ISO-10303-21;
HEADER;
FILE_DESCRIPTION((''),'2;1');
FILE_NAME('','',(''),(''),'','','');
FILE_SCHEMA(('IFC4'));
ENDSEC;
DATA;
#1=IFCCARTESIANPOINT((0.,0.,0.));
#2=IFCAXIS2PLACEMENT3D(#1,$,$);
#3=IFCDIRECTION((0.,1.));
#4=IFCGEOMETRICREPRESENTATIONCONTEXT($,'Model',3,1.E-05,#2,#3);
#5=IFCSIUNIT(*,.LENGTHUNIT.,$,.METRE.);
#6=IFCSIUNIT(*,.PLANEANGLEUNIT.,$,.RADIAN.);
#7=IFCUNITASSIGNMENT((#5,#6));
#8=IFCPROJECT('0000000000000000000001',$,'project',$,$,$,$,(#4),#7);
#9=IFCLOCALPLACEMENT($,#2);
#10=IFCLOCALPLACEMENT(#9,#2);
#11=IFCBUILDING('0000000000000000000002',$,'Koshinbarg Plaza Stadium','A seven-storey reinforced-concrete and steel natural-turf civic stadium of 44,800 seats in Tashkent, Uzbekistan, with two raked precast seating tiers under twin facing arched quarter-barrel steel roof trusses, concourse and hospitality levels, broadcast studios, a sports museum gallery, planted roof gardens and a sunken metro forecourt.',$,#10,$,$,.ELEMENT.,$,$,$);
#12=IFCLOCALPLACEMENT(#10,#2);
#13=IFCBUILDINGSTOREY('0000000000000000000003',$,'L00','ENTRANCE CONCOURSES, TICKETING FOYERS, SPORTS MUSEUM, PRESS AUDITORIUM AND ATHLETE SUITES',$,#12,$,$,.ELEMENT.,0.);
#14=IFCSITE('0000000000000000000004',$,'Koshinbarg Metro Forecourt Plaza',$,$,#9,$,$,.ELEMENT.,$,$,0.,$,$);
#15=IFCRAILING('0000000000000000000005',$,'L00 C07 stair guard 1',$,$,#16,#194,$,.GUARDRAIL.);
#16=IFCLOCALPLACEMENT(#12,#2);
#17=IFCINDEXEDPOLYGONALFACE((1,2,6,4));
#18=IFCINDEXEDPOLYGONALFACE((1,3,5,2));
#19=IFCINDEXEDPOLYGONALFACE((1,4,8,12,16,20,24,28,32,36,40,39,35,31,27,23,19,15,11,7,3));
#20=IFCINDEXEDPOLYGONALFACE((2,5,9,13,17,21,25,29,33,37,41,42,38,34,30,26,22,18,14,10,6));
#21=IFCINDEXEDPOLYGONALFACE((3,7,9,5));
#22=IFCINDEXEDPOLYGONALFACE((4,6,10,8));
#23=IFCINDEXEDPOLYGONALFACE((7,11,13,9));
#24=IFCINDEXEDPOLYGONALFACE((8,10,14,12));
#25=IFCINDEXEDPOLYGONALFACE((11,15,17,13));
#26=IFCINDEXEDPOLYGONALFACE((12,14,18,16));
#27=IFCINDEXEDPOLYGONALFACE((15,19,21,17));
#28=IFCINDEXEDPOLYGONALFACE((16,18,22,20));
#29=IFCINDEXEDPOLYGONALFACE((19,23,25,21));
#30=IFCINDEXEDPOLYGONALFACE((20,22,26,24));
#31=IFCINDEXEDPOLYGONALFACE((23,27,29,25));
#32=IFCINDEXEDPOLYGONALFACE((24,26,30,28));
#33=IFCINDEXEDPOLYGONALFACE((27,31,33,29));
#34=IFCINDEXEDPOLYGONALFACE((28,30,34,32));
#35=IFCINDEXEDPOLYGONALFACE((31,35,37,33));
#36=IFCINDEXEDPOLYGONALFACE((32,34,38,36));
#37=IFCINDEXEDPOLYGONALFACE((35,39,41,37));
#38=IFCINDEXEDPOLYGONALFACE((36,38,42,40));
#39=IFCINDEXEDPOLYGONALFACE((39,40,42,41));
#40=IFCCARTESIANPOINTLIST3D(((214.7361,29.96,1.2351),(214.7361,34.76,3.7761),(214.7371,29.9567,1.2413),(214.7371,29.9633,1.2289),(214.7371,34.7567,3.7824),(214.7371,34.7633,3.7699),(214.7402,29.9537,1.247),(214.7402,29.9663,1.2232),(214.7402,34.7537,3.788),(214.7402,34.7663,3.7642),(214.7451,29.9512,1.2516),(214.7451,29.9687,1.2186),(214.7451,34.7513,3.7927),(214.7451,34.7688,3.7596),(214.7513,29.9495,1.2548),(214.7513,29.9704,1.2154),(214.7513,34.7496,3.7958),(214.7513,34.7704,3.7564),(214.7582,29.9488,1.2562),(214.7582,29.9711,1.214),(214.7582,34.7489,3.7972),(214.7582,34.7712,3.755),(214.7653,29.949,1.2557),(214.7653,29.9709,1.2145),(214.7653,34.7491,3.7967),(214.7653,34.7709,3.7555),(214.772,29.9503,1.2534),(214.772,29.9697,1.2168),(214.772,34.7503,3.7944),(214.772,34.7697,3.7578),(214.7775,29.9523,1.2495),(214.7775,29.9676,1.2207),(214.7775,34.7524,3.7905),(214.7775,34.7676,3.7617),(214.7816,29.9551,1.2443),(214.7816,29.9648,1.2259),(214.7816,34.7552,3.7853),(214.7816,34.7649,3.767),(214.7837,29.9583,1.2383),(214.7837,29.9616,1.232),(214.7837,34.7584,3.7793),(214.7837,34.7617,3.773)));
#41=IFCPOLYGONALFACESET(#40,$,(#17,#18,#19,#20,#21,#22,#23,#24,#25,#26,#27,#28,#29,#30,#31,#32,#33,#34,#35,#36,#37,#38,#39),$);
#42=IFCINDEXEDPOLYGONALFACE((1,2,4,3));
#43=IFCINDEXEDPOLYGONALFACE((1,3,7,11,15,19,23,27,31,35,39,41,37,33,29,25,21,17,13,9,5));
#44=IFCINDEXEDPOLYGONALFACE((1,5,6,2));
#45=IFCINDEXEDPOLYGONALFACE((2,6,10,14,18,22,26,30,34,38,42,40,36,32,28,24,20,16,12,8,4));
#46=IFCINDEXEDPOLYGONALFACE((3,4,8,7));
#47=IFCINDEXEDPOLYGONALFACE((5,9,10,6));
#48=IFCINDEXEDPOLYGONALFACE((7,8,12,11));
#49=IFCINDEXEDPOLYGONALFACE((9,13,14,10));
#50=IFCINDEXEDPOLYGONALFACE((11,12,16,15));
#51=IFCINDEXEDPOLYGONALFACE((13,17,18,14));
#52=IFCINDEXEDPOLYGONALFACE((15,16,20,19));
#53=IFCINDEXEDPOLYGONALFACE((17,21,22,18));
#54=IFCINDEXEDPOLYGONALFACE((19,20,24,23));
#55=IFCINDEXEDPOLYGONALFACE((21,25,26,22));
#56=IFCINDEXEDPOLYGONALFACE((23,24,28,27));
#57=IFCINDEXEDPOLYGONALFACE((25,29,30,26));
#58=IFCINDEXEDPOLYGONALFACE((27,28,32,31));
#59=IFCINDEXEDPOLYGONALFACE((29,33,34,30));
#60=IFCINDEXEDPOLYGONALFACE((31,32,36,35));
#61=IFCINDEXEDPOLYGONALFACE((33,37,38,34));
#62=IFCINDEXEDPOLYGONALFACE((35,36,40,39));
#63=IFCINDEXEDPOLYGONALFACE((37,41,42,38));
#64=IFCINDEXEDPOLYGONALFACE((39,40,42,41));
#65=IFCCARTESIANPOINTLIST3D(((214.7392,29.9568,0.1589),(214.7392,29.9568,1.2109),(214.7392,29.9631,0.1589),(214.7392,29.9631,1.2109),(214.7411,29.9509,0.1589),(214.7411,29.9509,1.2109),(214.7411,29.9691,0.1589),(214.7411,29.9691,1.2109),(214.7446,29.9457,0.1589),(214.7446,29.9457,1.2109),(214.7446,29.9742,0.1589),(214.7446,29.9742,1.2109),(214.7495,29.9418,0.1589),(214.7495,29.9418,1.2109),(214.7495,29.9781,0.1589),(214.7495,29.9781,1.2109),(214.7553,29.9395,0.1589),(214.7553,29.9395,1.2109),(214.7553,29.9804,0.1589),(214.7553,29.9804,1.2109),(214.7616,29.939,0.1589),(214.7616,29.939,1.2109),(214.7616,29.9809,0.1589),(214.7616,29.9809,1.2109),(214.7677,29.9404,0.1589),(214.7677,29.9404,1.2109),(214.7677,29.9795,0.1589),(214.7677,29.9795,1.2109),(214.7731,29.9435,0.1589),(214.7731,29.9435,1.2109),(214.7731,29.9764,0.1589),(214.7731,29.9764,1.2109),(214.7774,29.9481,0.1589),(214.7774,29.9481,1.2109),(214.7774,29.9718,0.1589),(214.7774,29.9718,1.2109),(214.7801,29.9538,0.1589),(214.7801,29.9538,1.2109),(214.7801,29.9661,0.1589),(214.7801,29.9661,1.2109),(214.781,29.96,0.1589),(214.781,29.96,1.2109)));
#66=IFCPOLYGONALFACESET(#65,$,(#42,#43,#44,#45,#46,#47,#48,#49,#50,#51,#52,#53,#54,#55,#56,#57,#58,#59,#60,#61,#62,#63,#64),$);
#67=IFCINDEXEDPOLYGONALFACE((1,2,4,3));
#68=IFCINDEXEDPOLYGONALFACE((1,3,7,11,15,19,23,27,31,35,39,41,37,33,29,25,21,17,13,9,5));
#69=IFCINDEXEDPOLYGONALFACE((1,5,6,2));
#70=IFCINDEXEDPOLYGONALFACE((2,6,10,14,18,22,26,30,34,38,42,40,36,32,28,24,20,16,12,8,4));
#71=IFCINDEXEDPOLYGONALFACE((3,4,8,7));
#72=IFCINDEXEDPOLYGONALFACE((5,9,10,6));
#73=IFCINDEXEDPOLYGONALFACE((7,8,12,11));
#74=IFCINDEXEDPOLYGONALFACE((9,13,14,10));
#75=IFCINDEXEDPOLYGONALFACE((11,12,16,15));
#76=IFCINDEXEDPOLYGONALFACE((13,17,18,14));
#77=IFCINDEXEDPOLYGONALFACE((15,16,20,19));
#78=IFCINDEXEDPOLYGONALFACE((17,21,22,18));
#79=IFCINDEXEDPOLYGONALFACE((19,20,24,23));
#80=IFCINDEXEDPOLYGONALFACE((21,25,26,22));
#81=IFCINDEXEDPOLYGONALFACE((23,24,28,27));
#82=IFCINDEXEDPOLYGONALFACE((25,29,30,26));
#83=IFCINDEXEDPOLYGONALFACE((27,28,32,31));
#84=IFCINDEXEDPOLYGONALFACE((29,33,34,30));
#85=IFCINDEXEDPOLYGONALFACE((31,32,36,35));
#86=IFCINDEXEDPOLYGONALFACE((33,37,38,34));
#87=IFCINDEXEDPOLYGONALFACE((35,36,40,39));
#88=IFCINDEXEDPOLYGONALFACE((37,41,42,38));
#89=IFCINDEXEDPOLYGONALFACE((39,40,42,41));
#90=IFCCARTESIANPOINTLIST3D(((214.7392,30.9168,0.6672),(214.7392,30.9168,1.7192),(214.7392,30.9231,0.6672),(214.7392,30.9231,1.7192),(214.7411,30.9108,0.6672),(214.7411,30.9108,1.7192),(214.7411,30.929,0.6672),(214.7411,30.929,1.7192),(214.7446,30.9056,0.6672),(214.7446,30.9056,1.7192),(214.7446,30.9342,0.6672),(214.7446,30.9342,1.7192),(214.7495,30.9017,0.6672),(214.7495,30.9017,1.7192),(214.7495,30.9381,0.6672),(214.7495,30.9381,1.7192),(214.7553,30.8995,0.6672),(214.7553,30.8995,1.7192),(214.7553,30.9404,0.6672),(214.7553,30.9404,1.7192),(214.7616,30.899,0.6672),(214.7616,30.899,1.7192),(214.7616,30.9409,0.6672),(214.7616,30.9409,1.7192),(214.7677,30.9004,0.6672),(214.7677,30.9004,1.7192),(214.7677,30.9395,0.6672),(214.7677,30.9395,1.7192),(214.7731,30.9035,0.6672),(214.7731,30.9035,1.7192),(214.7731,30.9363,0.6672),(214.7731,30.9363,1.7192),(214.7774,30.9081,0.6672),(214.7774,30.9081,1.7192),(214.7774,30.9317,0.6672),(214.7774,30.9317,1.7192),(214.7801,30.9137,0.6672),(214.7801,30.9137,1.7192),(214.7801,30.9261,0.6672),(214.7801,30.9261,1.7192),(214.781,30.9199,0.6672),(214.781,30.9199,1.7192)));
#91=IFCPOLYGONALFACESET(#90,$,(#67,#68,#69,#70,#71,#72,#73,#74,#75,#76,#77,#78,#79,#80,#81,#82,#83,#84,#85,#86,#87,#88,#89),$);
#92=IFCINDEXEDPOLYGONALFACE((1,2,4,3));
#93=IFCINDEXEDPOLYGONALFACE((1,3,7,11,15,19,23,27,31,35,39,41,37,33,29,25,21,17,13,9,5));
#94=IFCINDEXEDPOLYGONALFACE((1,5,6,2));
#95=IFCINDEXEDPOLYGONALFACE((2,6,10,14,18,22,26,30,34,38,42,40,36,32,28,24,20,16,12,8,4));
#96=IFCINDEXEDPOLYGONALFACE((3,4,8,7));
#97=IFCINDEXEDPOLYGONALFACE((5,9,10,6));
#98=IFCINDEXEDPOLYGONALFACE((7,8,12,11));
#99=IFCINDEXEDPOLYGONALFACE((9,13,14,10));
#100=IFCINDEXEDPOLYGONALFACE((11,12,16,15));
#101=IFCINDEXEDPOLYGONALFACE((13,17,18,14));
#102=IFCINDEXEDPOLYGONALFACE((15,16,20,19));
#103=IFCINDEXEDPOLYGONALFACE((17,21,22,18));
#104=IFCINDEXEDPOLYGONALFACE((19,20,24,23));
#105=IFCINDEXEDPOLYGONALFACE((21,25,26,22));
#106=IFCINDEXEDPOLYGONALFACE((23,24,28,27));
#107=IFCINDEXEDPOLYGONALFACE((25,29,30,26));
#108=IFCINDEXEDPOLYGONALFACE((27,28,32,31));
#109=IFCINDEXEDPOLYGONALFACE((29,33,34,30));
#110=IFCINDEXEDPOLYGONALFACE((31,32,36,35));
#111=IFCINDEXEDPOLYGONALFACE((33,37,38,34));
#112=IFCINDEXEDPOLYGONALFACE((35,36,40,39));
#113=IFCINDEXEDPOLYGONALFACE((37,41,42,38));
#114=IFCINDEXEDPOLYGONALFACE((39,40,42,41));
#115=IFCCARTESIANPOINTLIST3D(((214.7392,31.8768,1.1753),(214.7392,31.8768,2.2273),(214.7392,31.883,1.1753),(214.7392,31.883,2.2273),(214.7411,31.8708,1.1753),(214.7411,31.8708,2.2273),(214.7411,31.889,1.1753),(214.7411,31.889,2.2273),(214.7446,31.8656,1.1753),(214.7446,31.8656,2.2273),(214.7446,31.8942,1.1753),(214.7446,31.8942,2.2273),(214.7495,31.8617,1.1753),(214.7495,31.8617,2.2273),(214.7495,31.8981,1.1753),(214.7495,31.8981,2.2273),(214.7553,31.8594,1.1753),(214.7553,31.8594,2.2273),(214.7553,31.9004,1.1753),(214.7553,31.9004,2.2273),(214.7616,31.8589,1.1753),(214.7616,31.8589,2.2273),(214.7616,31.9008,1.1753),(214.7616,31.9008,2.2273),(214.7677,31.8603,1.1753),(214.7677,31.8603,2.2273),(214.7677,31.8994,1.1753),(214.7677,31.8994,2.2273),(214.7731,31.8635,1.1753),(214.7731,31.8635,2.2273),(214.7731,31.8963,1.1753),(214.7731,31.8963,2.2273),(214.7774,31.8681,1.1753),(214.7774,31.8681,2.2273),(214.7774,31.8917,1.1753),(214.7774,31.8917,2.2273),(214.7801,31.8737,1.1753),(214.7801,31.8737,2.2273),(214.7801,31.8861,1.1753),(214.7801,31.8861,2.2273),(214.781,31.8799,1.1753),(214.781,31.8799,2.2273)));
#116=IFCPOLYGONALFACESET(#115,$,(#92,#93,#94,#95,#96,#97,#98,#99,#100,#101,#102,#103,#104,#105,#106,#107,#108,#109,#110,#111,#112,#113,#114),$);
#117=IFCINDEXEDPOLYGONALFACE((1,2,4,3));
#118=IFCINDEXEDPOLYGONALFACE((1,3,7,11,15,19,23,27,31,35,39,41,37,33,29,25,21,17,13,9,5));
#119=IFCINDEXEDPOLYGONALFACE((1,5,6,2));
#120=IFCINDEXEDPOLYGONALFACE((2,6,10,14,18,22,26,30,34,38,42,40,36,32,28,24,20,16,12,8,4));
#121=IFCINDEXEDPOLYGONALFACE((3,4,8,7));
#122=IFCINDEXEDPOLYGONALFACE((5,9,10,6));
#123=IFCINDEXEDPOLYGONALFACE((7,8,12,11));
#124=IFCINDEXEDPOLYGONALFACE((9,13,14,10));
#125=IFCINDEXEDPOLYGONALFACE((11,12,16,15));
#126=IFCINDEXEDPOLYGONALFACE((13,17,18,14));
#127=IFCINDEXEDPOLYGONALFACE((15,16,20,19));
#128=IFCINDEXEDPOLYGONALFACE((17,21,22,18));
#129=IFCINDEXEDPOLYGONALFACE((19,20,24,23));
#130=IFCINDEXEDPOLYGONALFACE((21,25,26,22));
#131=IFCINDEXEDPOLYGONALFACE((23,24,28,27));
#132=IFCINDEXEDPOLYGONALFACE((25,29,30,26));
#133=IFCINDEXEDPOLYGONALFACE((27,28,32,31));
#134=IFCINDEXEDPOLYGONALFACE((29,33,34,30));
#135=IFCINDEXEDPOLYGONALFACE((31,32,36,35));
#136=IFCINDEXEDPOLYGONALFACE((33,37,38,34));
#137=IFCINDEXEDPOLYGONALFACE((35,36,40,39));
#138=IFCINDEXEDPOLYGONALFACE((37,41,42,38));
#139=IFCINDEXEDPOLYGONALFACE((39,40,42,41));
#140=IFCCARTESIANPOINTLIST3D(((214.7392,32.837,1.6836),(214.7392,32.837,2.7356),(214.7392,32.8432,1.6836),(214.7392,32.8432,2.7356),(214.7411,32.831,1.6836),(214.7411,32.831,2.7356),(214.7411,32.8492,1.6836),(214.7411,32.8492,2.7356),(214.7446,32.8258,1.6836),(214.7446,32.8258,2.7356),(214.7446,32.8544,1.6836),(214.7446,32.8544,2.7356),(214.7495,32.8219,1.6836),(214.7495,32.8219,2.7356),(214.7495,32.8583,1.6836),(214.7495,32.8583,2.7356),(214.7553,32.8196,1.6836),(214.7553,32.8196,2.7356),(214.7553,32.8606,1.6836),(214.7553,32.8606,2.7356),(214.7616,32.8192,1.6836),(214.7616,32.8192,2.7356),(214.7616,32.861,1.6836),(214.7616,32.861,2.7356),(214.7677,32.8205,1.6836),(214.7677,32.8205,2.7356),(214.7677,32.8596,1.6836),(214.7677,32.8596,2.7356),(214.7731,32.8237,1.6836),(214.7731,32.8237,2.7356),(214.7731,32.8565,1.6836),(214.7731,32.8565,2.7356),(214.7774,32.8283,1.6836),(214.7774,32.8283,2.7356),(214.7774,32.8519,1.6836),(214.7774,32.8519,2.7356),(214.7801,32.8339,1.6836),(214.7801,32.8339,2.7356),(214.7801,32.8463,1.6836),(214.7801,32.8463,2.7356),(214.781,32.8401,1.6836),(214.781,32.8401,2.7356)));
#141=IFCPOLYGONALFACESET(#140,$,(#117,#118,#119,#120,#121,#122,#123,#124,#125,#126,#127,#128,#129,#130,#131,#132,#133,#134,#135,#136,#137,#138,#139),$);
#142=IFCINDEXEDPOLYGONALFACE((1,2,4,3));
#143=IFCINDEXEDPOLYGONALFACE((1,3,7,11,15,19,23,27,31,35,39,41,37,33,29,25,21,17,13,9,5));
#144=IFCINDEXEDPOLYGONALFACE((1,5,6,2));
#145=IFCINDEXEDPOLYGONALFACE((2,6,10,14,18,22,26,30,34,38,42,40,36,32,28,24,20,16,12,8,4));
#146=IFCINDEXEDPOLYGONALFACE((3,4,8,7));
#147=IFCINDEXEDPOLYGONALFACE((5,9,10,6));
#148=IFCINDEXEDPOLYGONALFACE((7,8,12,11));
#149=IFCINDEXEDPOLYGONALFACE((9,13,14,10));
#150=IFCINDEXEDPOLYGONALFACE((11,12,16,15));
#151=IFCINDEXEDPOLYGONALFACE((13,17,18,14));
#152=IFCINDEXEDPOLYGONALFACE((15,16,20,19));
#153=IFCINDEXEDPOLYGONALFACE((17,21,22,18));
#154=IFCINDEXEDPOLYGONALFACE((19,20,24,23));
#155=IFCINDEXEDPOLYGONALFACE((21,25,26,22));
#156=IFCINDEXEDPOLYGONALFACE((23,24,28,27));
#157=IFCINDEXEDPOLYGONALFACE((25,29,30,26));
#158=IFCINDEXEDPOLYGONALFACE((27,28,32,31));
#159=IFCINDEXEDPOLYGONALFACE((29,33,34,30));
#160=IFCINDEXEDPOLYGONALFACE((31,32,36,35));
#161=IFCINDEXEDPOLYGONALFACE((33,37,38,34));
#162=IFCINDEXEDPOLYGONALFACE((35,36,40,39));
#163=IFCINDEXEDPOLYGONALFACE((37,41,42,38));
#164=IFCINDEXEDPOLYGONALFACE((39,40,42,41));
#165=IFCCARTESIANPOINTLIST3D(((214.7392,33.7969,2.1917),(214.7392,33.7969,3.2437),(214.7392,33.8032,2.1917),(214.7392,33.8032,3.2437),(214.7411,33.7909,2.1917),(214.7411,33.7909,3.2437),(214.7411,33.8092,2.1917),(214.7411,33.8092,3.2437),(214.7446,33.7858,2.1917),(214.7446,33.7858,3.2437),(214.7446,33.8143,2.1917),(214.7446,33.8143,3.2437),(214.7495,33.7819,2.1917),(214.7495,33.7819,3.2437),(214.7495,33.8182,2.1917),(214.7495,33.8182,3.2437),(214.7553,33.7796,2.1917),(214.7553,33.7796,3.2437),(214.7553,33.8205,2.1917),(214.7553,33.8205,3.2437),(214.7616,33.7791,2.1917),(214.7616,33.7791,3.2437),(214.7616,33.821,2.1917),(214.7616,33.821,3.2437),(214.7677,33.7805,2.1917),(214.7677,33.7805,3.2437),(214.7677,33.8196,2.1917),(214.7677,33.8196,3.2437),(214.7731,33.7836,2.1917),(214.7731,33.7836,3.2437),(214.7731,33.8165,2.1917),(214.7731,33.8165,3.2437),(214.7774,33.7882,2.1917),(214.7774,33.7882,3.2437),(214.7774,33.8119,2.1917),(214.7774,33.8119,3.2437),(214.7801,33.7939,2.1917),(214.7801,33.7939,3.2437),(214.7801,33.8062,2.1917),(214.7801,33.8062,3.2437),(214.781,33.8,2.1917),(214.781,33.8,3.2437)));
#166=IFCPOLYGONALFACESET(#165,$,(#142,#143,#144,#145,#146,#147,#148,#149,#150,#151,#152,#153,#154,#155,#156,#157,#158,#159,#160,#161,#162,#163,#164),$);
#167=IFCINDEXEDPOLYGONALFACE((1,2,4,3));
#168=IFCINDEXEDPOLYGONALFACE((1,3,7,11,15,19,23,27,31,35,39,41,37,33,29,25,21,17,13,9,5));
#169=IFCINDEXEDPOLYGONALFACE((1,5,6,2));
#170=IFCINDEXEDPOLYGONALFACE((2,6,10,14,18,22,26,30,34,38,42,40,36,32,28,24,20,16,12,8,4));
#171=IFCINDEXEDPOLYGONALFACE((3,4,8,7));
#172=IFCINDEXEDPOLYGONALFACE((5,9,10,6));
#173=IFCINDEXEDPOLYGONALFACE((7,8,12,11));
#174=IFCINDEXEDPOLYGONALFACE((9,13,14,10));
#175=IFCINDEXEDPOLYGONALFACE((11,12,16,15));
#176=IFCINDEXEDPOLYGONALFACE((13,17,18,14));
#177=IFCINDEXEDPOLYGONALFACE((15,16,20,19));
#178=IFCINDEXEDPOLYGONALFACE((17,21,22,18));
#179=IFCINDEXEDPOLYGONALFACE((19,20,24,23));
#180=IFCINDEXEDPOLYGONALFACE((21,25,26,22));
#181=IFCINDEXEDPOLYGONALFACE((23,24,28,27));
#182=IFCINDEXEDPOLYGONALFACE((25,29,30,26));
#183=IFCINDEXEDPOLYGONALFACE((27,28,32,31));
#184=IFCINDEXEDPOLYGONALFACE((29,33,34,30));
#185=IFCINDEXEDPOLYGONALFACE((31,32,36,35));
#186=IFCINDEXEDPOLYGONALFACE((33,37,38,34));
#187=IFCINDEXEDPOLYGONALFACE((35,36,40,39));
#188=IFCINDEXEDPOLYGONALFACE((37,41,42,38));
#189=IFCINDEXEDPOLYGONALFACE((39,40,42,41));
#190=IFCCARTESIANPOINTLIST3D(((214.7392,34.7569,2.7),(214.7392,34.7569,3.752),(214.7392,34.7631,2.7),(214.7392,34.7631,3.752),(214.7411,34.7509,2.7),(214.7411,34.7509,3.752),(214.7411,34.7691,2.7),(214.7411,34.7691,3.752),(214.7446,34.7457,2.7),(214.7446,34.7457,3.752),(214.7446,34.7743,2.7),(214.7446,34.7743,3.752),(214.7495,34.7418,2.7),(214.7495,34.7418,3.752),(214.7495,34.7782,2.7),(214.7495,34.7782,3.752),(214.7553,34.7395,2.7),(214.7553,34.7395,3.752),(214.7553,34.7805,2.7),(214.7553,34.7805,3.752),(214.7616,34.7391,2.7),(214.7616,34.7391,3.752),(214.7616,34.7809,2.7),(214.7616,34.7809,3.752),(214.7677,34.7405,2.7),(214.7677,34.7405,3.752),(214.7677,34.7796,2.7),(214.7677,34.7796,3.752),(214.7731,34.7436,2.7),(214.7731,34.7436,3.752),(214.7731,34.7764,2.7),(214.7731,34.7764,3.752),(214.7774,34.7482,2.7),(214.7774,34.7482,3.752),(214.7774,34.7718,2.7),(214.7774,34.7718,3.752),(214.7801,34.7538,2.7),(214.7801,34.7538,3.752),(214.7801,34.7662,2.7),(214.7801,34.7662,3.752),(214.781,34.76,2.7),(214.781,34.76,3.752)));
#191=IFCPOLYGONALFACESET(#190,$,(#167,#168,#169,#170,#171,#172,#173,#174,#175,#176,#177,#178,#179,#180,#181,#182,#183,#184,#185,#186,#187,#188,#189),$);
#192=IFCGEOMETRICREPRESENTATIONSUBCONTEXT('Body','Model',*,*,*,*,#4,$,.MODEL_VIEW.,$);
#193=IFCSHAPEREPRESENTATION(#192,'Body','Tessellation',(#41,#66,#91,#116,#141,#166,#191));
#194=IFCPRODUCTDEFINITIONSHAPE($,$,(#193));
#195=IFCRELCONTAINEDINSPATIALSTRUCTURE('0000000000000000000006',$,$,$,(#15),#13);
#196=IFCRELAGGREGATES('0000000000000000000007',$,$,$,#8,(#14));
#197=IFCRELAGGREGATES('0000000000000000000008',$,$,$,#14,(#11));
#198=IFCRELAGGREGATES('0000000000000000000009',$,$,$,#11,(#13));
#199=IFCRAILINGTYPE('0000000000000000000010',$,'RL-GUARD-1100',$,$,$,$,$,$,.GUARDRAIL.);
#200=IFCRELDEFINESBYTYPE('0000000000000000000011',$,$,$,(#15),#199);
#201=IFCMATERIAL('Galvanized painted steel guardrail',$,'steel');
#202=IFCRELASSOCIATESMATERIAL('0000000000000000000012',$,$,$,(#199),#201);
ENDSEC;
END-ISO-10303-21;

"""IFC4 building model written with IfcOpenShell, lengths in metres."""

from ifc_helpers import new_model, si_unit, direction, frame, origin, origin_2d, place, context, subcontext, project, spatial, circle, extrude, material, type_object, element, save


model = new_model("IFC4")

# Units and contexts
model_context = context("Model", 3, precision=1e-05, world=origin(), true_north=direction((0.0, 1.0)))
body_context = subcontext(model_context, "Body", "Model", "MODEL_VIEW")
ifc_project = project(units=[si_unit("LENGTHUNIT", "METRE"), si_unit("PLANEANGLEUNIT", "RADIAN")], contexts=[model_context])

# Site, building, storey
site_placement = place(None, origin())
site = spatial("IfcSite", under=ifc_project, at=site_placement, Name="Koshinbarg Metro Forecourt Plaza", CompositionType="ELEMENT", RefElevation=0.0)
building_placement = place(site_placement, origin())
building = spatial("IfcBuilding", under=site, at=building_placement, Name="Koshinbarg Plaza Stadium", Description="A seven-storey reinforced-concrete and steel natural-turf civic stadium of 44,800 seats in Tashkent, Uzbekistan, with two raked precast seating tiers under twin facing arched quarter-barrel steel roof trusses, concourse and hospitality levels, broadcast studios, a sports museum gallery, planted roof gardens and a sunken metro forecourt.", CompositionType="ELEMENT")
storey_placement = place(building_placement, origin())
storey = spatial("IfcBuildingStorey", under=building, at=storey_placement, Name="L00", Description="ENTRANCE CONCOURSES, TICKETING FOYERS, SPORTS MUSEUM, PRESS AUDITORIUM AND ATHLETE SUITES", CompositionType="ELEMENT", Elevation=0.0)

# Railing
ifc_material_1 = material(Name="Galvanized painted steel guardrail", Category="steel")
railing_type_1 = type_object("IfcRailingType", Name="RL-GUARD-1100", PredefinedType="GUARDRAIL", material=ifc_material_1)
railing_1_placement = place(storey_placement, frame((214.76, 29.96, 0.1589)))
element("IfcRailing", 1, at=railing_1_placement, inside=storey, type_object=railing_type_1, Name="L00 C07 stair guard 1", PredefinedType="GUARDRAIL", context=body_context, shape_type="SweptSolid", body=[
    extrude(circle(Radius=0.0239, at=origin_2d()), frame((0.0, 0.0, 1.0762), z_axis=(0.0, 0.883802, 0.467861), x_axis=(-1.0, 0.0, 0.0)), (0.0, 0.0, 1.0), 5.4312),
    extrude(circle(Radius=0.021, at=origin_2d()), origin(), (0.0, 0.0, 1.0), 1.052),
    extrude(circle(Radius=0.021, at=origin_2d()), frame((0.0, 0.96, 0.5083)), (0.0, 0.0, 1.0), 1.052),
    extrude(circle(Radius=0.021, at=origin_2d()), frame((0.0, 1.9199, 1.0164)), (0.0, 0.0, 1.0), 1.052),
    extrude(circle(Radius=0.021, at=origin_2d()), frame((0.0, 2.8801, 1.5247)), (0.0, 0.0, 1.0), 1.052),
    extrude(circle(Radius=0.021, at=origin_2d()), frame((0.0, 3.8401, 2.0327)), (0.0, 0.0, 1.0), 1.052),
    extrude(circle(Radius=0.021, at=origin_2d()), frame((0.0, 4.8, 2.541)), (0.0, 0.0, 1.0), 1.052),
])

save(model, "model.ifc")
